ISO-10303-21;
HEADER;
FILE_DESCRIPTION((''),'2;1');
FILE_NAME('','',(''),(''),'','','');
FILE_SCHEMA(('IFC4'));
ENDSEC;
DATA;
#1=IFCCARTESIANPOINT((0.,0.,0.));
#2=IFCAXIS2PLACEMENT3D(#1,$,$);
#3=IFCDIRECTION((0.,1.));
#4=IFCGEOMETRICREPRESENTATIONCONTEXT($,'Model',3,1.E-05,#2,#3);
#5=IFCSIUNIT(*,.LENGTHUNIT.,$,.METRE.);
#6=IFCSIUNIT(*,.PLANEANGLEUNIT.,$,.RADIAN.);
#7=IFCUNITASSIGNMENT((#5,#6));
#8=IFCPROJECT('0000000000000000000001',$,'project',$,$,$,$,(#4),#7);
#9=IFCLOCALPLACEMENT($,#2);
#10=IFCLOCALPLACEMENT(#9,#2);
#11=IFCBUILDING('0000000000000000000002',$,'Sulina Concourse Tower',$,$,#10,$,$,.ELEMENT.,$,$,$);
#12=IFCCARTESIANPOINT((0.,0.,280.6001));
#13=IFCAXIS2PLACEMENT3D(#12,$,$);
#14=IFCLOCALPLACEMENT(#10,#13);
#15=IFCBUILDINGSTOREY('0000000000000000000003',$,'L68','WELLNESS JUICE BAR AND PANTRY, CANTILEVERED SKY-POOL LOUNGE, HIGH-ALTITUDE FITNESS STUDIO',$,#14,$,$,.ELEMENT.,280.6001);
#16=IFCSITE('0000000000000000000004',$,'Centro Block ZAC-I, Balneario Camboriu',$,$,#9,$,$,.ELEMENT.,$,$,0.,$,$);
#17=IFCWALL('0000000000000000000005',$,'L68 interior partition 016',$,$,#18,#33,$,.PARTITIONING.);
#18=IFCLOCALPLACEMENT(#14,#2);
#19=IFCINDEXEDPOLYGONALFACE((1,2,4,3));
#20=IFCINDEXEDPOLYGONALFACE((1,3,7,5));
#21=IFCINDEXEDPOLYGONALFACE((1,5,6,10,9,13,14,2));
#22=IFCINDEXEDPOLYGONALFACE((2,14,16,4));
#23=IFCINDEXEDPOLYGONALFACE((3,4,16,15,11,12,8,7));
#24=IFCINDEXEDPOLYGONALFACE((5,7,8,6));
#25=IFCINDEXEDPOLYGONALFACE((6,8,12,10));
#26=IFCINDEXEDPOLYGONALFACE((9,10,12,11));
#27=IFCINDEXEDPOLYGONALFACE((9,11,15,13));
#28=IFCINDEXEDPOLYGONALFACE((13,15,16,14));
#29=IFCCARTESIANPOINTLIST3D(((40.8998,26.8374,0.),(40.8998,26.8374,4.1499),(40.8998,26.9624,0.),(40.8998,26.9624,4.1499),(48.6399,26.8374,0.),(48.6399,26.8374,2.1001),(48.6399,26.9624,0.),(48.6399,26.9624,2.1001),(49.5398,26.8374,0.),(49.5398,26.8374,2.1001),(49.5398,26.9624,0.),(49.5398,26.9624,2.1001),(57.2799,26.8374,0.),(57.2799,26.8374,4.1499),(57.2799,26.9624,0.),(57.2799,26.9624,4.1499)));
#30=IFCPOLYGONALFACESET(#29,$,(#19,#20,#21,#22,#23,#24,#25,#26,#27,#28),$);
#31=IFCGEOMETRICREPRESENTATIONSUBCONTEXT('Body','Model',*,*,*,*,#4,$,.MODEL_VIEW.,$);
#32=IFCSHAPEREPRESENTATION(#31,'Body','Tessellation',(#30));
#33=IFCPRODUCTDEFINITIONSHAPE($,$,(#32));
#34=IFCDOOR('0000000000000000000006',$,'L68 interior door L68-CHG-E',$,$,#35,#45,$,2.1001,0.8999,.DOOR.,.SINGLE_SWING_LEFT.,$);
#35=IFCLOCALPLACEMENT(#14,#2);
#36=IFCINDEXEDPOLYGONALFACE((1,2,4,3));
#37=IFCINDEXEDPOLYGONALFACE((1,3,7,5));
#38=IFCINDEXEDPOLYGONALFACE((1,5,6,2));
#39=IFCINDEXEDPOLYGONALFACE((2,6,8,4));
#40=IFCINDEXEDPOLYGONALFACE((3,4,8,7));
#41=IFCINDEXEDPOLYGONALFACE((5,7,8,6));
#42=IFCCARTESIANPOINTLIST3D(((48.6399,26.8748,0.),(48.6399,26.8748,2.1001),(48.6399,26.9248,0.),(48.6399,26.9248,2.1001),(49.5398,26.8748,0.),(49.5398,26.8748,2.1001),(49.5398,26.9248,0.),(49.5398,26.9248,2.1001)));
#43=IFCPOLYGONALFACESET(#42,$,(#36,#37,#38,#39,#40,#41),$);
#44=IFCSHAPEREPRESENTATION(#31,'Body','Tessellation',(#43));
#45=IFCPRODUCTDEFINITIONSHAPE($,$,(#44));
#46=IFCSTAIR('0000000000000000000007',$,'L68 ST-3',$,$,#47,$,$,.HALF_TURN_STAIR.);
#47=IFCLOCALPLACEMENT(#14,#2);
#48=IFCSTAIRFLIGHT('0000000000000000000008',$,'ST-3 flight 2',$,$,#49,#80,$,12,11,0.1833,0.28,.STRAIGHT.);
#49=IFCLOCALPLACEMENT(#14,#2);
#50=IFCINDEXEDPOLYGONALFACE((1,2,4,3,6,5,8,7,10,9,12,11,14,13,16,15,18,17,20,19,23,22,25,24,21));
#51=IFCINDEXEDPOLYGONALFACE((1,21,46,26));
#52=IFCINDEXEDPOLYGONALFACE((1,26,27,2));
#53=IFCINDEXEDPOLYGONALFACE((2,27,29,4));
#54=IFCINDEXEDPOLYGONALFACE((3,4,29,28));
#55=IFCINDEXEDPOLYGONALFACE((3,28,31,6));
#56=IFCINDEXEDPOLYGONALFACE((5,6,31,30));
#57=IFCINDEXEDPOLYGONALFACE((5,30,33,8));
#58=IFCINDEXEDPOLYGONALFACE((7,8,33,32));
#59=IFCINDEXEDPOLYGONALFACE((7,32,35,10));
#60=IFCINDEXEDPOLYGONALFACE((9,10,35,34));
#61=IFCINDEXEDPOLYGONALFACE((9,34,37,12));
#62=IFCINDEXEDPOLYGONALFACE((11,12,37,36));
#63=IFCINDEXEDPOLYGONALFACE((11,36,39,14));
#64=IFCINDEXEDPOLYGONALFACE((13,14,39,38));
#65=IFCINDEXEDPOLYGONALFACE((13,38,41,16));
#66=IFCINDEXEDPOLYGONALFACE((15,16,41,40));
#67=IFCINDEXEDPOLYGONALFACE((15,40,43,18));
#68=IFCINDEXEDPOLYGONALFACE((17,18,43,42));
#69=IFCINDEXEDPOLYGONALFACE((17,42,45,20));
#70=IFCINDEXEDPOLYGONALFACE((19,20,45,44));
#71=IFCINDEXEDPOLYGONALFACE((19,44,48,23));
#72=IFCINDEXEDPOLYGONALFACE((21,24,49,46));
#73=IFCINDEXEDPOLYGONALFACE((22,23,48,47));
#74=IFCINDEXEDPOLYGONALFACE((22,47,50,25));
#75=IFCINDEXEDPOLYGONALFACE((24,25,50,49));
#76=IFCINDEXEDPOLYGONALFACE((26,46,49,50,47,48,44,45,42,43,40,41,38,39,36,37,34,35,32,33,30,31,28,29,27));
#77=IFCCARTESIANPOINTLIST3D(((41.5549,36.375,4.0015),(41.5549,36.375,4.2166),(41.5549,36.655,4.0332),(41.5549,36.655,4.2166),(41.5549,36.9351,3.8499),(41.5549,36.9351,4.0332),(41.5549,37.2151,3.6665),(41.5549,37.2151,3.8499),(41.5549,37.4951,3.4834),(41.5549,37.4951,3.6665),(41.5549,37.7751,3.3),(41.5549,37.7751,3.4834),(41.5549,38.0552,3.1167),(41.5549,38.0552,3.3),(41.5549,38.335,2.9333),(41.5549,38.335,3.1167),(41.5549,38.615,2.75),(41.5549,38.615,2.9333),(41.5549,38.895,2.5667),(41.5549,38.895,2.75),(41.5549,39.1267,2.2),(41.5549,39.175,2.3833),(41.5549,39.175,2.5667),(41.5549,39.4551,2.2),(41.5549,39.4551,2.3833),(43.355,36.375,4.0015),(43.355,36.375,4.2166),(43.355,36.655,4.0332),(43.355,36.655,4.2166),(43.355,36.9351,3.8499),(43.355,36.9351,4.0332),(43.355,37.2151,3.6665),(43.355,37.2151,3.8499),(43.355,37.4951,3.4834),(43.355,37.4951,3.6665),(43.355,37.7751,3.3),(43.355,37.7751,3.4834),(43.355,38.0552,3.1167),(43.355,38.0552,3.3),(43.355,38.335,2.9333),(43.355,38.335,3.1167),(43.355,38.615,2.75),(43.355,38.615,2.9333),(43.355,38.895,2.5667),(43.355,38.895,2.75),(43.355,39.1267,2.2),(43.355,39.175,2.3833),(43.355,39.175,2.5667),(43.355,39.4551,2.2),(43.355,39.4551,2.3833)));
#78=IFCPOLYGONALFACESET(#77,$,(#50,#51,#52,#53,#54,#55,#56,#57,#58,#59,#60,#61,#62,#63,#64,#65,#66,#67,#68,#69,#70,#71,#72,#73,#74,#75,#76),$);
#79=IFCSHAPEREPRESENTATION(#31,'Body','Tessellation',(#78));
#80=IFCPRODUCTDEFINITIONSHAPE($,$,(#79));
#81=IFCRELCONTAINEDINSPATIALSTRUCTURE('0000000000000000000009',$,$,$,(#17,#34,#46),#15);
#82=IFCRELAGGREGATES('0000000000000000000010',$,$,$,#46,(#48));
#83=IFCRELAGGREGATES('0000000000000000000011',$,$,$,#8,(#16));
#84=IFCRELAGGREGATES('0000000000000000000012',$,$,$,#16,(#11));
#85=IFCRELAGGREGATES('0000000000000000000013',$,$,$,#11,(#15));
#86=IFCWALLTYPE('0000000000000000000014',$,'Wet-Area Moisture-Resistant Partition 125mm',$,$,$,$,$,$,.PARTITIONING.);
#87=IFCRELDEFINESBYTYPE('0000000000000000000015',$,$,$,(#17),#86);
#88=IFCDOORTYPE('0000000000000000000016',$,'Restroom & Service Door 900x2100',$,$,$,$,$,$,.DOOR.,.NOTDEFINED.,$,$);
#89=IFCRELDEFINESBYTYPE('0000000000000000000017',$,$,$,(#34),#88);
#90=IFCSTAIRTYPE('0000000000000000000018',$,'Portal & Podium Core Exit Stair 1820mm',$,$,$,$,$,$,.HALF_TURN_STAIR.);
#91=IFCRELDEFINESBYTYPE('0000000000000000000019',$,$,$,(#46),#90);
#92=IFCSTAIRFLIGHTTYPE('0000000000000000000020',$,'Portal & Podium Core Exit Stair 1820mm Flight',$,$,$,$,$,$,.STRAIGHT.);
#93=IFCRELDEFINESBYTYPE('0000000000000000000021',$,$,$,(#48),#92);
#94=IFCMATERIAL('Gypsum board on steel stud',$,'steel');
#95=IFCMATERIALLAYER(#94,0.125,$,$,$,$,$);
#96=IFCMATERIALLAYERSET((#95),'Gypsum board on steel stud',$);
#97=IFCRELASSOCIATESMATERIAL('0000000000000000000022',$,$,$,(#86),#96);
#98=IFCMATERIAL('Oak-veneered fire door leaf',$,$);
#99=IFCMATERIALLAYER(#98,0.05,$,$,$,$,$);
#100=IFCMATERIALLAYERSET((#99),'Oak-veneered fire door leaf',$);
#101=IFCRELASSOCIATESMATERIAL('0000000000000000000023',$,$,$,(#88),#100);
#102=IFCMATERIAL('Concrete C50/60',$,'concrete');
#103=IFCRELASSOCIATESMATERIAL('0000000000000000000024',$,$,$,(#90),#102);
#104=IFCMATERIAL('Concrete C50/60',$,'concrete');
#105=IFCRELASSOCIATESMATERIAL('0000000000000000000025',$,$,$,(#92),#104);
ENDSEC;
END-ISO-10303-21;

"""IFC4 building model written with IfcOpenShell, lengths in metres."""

from ifc_helpers import new_model, si_unit, direction, frame, frame_2d, origin, place, context, subcontext, project, spatial, polyline, rectangle, outline, extrude, material, layer, layer_set, type_object, element, fill, aggregate, save


model = new_model("IFC4")

# Units and contexts
model_context = context("Model", 3, precision=1e-05, world=origin(), true_north=direction((0.0, 1.0)))
body_context = subcontext(model_context, "Body", "Model", "MODEL_VIEW")
ifc_project = project(units=[si_unit("LENGTHUNIT", "METRE"), si_unit("PLANEANGLEUNIT", "RADIAN")], contexts=[model_context])

# Site, building, storey
site_placement = place(None, origin())
site = spatial("IfcSite", under=ifc_project, at=site_placement, Name="Centro Block ZAC-I, Balneario Camboriu", CompositionType="ELEMENT", RefElevation=0.0)
building_placement = place(site_placement, origin())
building = spatial("IfcBuilding", under=site, at=building_placement, Name="Sulina Concourse Tower", CompositionType="ELEMENT")
storey_placement = place(building_placement, frame((0.0, 0.0, 280.6001)))
storey = spatial("IfcBuildingStorey", under=building, at=storey_placement, Name="L68", Description="WELLNESS JUICE BAR AND PANTRY, CANTILEVERED SKY-POOL LOUNGE, HIGH-ALTITUDE FITNESS STUDIO", CompositionType="ELEMENT", Elevation=280.6001)

# Wall, opening, door
ifc_material_1 = material(Name="Gypsum board on steel stud", Category="steel")
ifc_layer_1 = layer(ifc_material_1, 0.125)
ifc_layer_set_1 = layer_set([ifc_layer_1], Name="Gypsum board on steel stud")
wall_type_1 = type_object("IfcWallType", Name="Wet-Area Moisture-Resistant Partition 125mm", PredefinedType="PARTITIONING", material=ifc_layer_set_1)
wall_1_placement = place(storey_placement, frame((40.8999, 26.8999, 0.0), z_axis=(0.0, 0.0, 1.0), x_axis=(1.0, 0.0, 0.0)))
wall_1 = element("IfcWall", 1, at=wall_1_placement, inside=storey, type_object=wall_type_1, Name="L68 interior partition 016", PredefinedType="PARTITIONING", context=body_context, shape_type="SweptSolid", body=[
    extrude(rectangle(XDim=16.3801, YDim=0.125, at=frame_2d((8.1899, 0.0))), origin(), (0.0, 0.0, 1.0), 4.1499),
])
opening_1_placement = place(wall_1_placement, frame((7.74, 0.0, 0.0)))
opening_1 = element("IfcOpeningElement", 2, at=opening_1_placement, cuts=wall_1, PredefinedType="OPENING", context=body_context, shape_type="SweptSolid", body=[
    extrude(rectangle(XDim=0.8999, YDim=2.1001, at=frame_2d((0.45, 1.05))), frame((0.0, 0.0725, 0.0), z_axis=(0.0, -1.0, 0.0), x_axis=(1.0, 0.0, 0.0)), (0.0, 0.0, 1.0), 0.145),
])
ifc_material_2 = material(Name="Oak-veneered fire door leaf")
ifc_layer_2 = layer(ifc_material_2, 0.05)
ifc_layer_set_2 = layer_set([ifc_layer_2], Name="Oak-veneered fire door leaf")
door_type_1 = type_object("IfcDoorType", Name="Restroom & Service Door 900x2100", OperationType="NOTDEFINED", PredefinedType="DOOR", material=ifc_layer_set_2)
door_1_placement = place(opening_1_placement, origin())
door_1 = element("IfcDoor", 3, at=door_1_placement, inside=storey, type_object=door_type_1, Name="L68 interior door L68-CHG-E", OperationType="SINGLE_SWING_LEFT", OverallHeight=2.1001, OverallWidth=0.8999, PredefinedType="DOOR", context=body_context, shape_type="SweptSolid", body=[
    extrude(rectangle(XDim=0.8999, YDim=2.1001, at=frame_2d((0.45, 1.05))), frame((0.0, 0.0249, 0.0), z_axis=(0.0, -1.0, 0.0), x_axis=(1.0, 0.0, 0.0)), (0.0, 0.0, 1.0), 0.05),
])
fill(opening_1, door_1)

# Stair, stair flight
ifc_material_3 = material(Name="Concrete C50/60", Category="concrete")
stair_type = type_object("IfcStairType", Name="Portal & Podium Core Exit Stair 1820mm", PredefinedType="HALF_TURN_STAIR", material=ifc_material_3)
stair_placement = place(storey_placement, origin())
stair = element("IfcStair", 4, at=stair_placement, inside=storey, type_object=stair_type, Name="L68 ST-3", PredefinedType="HALF_TURN_STAIR")
ifc_material_4 = material(Name="Concrete C50/60", Category="concrete")
stair_flight_type = type_object("IfcStairFlightType", Name="Portal & Podium Core Exit Stair 1820mm Flight", PredefinedType="STRAIGHT", material=ifc_material_4)
stair_flight_placement = place(storey_placement, frame((42.4551, 39.4551, 2.2), z_axis=(0.0, 0.0, 1.0), x_axis=(0.0, -1.0, 0.0)))
stair_flight = element("IfcStairFlight", 5, at=stair_flight_placement, type_object=stair_flight_type, Name="ST-3 flight 2", NumberOfRisers=12, NumberOfTreads=11, PredefinedType="STRAIGHT", RiserHeight=0.1833, TreadLength=0.28, context=body_context, shape_type="SweptSolid", body=[
    extrude(outline(polyline([(0.0, 0.0), (0.0, 0.1833), (0.28, 0.1833), (0.28, 0.3667), (0.5601, 0.3667), (0.5601, 0.55), (0.8401, 0.55), (0.8401, 0.7334), (1.1201, 0.7334), (1.1201, 0.9167), (1.3999, 0.9167), (1.3999, 1.1001), (1.6799, 1.1001), (1.6799, 1.2834), (1.96, 1.2834), (1.96, 1.4666), (2.24, 1.4666), (2.24, 1.6499), (2.52, 1.6499), (2.52, 1.8333), (2.8, 1.8333), (2.8, 2.0166), (3.0801, 2.0166), (3.0801, 2.2), (3.0801, 1.8015), (0.3284, 0.0), (0.0, 0.0)])), frame((0.0, 0.8999, 0.0), z_axis=(0.0, -1.0, 0.0), x_axis=(1.0, 0.0, 0.0)), (0.0, 0.0, 1.0), 1.8),
])
aggregate(stair, [stair_flight])

save(model, "model.ifc")
